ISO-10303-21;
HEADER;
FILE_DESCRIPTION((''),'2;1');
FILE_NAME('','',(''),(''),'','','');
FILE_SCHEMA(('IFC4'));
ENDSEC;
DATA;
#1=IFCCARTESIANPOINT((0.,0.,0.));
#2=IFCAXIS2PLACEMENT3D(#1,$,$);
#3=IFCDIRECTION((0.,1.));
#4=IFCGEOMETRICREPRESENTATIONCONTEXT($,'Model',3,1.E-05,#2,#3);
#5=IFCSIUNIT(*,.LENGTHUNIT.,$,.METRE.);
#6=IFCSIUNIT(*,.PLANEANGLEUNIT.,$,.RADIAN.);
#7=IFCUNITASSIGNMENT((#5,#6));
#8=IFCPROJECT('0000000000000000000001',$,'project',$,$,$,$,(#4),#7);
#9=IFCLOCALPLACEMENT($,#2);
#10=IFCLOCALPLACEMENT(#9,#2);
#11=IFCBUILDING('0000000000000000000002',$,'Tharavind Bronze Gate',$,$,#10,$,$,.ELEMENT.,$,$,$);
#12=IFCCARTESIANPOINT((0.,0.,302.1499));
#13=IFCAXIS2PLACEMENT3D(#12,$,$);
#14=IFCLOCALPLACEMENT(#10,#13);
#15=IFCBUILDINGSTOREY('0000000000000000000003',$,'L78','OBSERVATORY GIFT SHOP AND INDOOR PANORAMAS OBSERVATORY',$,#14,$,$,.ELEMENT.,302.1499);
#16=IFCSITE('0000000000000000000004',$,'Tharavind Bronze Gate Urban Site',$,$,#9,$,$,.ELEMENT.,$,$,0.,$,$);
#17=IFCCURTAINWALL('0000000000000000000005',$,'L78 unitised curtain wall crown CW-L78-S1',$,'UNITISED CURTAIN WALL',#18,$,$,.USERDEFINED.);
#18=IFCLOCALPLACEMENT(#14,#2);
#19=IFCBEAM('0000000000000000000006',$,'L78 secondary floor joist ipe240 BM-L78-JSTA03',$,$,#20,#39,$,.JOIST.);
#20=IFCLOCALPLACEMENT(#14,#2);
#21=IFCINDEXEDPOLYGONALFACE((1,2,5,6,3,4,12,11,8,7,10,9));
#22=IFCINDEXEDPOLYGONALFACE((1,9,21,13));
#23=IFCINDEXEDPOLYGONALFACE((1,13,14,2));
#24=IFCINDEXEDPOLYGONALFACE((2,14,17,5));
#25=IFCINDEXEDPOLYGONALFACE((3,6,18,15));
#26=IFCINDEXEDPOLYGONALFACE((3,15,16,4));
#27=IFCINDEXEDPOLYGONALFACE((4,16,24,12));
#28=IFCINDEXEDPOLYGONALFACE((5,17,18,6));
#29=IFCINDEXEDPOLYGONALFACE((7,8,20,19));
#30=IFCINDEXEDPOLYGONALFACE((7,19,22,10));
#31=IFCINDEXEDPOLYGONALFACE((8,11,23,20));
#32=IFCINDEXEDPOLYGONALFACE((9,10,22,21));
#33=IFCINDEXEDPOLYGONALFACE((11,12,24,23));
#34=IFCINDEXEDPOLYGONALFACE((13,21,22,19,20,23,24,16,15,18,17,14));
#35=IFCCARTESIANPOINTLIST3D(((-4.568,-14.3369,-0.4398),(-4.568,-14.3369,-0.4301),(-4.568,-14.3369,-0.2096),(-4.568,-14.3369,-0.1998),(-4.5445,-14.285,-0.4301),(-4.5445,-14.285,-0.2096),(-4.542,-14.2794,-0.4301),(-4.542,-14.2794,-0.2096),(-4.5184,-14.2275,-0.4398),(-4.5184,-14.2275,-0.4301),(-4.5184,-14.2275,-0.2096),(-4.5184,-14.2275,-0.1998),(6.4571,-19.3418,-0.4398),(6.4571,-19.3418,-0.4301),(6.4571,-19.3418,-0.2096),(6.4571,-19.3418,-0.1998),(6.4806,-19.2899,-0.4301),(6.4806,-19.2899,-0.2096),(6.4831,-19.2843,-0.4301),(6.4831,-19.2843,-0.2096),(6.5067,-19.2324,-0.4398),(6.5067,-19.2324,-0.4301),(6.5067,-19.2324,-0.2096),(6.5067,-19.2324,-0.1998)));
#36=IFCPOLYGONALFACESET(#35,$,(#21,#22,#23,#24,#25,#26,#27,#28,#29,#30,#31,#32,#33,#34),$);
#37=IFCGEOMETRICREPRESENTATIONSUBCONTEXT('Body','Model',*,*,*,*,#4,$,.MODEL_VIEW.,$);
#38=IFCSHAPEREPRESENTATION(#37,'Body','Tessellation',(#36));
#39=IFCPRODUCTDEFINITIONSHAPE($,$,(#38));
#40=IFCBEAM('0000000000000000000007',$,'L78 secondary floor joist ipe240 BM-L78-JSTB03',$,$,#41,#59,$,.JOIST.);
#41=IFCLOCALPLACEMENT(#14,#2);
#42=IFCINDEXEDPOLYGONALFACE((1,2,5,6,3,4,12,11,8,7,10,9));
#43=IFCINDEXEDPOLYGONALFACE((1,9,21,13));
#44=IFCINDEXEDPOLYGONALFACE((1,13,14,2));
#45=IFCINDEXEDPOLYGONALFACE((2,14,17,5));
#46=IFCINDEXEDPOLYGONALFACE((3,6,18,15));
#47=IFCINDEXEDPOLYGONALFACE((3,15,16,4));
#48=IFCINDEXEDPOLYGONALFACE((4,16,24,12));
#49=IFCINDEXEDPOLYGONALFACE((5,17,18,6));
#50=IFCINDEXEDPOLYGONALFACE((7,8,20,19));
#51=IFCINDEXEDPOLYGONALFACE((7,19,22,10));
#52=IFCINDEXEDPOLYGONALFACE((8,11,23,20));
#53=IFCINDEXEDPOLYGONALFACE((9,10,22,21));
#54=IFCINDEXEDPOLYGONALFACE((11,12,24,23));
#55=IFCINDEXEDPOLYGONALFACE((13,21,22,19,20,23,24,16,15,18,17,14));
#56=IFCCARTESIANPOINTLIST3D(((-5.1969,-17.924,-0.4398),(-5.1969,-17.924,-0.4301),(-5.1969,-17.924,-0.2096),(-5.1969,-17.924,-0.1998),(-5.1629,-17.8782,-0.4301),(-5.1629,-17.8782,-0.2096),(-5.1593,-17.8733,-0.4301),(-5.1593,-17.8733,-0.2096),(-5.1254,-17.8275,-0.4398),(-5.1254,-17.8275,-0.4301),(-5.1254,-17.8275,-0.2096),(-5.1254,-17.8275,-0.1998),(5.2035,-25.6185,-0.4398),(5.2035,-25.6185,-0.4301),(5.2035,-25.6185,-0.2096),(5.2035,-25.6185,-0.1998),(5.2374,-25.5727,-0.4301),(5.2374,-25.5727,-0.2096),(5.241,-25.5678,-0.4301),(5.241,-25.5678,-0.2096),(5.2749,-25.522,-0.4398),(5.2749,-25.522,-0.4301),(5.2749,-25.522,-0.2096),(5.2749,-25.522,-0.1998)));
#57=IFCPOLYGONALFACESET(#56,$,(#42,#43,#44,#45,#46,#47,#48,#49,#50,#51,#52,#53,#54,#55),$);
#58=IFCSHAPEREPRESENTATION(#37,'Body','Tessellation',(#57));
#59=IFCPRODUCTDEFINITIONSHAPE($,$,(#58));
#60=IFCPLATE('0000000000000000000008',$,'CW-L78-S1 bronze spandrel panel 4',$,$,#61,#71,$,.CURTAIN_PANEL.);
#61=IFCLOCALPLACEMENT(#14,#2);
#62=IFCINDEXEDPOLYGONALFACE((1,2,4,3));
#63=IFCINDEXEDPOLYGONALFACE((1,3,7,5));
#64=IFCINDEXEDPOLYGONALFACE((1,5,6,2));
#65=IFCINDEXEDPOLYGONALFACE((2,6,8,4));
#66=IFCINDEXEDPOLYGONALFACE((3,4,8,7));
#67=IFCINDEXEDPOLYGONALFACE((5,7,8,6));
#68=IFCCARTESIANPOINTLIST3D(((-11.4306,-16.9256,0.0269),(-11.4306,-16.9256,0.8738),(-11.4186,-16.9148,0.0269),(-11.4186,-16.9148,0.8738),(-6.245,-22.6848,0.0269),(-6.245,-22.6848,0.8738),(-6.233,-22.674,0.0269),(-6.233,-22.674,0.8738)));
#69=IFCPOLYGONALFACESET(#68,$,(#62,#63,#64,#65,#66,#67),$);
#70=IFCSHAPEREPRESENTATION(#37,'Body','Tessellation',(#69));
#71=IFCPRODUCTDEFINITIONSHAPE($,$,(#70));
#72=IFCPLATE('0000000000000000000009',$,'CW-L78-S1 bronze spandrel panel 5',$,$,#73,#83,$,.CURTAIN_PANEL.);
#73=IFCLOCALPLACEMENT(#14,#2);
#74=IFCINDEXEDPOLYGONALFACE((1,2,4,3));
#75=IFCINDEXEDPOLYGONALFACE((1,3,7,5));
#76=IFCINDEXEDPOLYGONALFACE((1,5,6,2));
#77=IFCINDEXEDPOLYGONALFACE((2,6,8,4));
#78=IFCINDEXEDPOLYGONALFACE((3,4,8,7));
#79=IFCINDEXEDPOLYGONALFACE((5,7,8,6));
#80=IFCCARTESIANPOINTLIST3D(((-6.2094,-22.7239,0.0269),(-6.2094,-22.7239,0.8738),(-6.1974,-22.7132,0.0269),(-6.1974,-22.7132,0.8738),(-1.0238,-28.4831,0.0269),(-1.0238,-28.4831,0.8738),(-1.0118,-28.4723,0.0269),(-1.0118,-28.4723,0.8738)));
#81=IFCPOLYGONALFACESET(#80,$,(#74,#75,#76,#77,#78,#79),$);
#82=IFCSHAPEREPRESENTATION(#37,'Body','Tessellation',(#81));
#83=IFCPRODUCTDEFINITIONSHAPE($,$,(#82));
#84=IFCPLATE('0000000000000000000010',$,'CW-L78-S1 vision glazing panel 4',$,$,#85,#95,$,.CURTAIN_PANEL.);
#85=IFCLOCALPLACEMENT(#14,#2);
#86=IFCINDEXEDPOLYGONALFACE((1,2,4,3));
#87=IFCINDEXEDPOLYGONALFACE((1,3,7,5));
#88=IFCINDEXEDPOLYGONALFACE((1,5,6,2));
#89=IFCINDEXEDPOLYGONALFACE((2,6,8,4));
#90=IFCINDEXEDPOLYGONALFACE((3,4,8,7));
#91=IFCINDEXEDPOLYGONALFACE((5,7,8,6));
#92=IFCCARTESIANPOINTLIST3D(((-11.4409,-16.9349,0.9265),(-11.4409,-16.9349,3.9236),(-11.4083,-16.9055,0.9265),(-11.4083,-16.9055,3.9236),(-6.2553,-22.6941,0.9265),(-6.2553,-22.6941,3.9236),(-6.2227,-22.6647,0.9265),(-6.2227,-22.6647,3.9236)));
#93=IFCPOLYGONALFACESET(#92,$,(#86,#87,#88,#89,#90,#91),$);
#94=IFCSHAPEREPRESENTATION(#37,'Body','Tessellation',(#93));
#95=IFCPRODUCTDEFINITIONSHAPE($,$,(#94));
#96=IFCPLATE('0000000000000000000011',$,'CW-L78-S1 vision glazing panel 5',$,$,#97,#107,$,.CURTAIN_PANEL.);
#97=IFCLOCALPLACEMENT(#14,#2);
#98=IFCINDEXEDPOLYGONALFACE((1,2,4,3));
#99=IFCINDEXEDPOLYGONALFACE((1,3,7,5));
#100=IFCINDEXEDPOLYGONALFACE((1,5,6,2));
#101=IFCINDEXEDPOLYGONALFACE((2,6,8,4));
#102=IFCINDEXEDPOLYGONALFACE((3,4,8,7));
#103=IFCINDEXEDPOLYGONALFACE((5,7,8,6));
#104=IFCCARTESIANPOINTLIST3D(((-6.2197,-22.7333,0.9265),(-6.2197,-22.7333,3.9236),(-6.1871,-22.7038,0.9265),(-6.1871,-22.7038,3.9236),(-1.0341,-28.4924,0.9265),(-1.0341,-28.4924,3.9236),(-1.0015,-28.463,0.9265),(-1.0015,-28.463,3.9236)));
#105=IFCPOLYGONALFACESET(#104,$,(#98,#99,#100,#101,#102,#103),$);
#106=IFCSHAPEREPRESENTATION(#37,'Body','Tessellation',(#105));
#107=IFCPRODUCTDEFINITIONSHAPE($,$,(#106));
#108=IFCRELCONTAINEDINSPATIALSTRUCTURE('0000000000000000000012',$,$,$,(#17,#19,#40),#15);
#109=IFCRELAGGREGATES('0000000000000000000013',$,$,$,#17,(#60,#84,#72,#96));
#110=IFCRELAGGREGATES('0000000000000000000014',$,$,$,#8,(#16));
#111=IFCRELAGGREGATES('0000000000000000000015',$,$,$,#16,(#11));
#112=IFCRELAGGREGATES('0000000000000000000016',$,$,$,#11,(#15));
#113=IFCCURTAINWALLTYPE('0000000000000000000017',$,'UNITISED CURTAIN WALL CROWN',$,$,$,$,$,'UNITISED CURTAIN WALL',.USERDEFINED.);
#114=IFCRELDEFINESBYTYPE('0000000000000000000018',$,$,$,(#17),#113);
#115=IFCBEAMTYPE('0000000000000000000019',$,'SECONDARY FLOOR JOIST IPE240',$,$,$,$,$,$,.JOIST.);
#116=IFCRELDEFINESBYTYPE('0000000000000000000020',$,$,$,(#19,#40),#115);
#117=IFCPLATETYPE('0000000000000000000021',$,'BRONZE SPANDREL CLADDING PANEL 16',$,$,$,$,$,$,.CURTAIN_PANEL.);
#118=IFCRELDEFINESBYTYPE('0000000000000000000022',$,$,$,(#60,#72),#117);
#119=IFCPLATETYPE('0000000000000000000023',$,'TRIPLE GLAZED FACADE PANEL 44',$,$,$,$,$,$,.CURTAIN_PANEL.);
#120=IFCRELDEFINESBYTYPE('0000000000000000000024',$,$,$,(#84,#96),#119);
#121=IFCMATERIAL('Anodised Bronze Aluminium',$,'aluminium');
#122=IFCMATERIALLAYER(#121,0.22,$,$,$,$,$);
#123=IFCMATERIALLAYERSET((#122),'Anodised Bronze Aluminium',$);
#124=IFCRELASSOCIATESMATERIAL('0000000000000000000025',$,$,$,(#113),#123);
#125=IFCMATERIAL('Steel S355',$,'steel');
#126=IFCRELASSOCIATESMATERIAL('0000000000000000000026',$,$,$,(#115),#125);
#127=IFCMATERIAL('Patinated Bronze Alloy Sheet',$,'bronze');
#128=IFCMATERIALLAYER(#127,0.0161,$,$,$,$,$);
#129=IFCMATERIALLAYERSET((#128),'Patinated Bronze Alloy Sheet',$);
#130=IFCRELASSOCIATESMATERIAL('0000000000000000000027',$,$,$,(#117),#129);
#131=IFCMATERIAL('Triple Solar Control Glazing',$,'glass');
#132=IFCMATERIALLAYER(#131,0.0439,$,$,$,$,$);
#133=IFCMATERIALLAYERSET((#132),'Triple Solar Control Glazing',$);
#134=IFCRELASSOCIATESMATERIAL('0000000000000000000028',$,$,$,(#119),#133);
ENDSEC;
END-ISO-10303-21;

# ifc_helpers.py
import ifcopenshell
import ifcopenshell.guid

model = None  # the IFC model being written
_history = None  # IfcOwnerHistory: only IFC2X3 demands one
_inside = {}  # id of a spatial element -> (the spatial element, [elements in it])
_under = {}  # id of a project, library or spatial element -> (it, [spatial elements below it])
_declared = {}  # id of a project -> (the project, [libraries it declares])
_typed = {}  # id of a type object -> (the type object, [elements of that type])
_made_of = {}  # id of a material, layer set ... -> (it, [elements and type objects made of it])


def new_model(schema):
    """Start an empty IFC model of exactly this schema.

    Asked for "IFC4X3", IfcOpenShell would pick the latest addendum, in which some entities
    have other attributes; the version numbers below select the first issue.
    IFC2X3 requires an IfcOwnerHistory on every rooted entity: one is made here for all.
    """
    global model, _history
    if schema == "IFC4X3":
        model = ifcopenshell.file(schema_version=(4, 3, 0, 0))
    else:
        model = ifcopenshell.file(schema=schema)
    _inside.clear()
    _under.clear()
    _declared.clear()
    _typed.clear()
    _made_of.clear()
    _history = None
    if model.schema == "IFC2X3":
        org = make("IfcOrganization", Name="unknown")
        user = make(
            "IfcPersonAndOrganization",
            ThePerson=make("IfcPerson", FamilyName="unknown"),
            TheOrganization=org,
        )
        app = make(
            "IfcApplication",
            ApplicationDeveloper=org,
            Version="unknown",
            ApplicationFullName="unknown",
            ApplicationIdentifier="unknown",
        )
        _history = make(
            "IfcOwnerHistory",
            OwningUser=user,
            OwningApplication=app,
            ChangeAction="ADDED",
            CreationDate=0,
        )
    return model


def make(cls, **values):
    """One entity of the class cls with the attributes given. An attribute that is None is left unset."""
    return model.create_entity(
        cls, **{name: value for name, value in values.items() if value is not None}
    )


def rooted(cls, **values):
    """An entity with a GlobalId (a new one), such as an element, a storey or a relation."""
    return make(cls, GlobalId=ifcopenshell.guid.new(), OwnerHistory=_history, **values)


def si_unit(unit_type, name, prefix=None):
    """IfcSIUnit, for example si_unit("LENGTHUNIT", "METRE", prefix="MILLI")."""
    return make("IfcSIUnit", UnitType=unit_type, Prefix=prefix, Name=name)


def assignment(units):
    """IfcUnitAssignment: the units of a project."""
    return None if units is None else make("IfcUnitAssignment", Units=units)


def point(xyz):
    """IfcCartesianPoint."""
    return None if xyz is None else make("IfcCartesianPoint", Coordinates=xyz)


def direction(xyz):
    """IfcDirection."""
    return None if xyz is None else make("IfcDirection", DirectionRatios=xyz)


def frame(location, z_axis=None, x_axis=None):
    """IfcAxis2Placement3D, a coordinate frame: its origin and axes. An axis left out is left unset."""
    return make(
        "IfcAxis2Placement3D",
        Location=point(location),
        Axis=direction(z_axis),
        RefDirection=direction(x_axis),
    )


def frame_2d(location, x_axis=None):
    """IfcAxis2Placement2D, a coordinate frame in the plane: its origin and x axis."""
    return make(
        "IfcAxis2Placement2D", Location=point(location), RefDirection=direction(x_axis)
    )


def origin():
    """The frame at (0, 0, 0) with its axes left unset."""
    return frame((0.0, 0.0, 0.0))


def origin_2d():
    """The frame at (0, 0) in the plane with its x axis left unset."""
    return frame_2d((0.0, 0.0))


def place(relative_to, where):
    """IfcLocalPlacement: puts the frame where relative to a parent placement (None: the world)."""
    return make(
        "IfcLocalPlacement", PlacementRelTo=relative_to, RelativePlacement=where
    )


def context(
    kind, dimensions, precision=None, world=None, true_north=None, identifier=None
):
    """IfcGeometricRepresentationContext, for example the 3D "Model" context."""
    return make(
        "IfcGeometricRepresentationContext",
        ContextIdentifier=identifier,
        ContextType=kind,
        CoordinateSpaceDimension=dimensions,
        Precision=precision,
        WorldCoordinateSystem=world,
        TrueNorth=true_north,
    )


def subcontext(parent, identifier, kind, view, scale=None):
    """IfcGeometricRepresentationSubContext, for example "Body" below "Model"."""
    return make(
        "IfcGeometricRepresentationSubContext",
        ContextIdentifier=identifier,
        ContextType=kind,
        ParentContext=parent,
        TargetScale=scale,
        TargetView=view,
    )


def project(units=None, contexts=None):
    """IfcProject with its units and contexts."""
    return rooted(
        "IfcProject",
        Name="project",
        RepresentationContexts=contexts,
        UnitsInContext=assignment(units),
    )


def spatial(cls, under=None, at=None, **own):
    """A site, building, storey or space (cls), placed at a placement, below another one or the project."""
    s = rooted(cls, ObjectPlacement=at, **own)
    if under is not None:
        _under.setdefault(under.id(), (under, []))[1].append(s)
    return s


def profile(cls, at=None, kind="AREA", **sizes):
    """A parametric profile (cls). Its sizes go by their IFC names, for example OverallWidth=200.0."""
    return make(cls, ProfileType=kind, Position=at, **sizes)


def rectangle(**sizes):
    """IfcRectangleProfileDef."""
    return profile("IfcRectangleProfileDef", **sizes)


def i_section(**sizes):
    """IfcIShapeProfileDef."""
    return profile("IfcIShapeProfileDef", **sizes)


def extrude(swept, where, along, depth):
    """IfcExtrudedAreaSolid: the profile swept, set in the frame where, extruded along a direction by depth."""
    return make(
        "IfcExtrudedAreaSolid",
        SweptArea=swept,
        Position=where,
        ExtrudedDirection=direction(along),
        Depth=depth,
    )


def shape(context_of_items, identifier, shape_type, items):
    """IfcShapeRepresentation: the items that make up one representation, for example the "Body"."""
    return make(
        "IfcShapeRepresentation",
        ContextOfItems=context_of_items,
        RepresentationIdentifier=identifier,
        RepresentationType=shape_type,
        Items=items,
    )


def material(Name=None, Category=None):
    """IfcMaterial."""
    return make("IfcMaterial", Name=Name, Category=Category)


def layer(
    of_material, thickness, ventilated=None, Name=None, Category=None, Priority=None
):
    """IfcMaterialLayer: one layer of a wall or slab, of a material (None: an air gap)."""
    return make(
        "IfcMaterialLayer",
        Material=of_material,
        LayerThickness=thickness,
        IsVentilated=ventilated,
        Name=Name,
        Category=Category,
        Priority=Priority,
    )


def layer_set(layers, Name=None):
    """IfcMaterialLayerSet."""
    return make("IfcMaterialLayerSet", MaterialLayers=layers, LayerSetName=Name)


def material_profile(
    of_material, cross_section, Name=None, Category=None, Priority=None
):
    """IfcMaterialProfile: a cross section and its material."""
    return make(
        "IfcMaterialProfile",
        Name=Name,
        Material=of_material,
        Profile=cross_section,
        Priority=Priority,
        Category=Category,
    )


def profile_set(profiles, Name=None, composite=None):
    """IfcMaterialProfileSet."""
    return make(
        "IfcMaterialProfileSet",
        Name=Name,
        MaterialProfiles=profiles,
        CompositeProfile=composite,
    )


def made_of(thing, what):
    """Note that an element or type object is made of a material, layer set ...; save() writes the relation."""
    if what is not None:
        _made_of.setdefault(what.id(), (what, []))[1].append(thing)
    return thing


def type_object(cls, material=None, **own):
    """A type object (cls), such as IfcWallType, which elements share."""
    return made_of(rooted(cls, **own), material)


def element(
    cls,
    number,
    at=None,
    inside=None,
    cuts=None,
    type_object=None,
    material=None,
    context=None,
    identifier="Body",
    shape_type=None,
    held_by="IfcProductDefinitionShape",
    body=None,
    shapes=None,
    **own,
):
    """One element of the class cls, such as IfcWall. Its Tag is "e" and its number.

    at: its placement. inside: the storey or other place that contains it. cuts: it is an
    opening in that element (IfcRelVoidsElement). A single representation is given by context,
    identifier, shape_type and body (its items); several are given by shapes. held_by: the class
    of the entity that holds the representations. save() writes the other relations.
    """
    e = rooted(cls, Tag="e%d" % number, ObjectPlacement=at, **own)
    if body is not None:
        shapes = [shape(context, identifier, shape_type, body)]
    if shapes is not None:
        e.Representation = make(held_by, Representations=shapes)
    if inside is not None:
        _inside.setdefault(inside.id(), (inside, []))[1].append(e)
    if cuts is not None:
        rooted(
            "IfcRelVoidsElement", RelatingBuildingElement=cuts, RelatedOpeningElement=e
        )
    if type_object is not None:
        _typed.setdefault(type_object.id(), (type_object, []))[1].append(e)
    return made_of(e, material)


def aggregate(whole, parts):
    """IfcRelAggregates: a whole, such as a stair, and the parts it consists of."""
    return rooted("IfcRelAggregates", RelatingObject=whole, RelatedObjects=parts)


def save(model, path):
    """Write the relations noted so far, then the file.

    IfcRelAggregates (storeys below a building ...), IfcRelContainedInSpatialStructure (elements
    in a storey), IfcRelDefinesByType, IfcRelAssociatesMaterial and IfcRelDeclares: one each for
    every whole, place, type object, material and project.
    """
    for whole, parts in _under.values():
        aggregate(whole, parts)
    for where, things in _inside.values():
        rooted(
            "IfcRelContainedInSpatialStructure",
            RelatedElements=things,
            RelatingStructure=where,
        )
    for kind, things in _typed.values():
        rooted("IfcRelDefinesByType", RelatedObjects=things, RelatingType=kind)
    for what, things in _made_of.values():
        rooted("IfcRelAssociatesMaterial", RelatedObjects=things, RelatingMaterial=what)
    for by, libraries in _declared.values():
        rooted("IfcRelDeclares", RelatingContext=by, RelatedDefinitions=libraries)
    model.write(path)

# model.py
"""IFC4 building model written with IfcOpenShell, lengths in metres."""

from ifc_helpers import new_model, si_unit, direction, frame, origin, origin_2d, place, context, subcontext, project, spatial, rectangle, i_section, extrude, material, layer, layer_set, material_profile, profile_set, type_object, element, aggregate, save


model = new_model("IFC4")

# Units and contexts
model_context = context("Model", 3, precision=1e-05, world=origin(), true_north=direction((0.0, 1.0)))
body_context = subcontext(model_context, "Body", "Model", "MODEL_VIEW")
ifc_project = project(units=[si_unit("LENGTHUNIT", "METRE"), si_unit("PLANEANGLEUNIT", "RADIAN")], contexts=[model_context])

# Site, building, storey
site_placement = place(None, origin())
site = spatial("IfcSite", under=ifc_project, at=site_placement, Name="Tharavind Bronze Gate Urban Site", CompositionType="ELEMENT", RefElevation=0.0)
building_placement = place(site_placement, origin())
building = spatial("IfcBuilding", under=site, at=building_placement, Name="Tharavind Bronze Gate", CompositionType="ELEMENT")
storey_placement = place(building_placement, frame((0.0, 0.0, 302.1499)))
storey = spatial("IfcBuildingStorey", under=building, at=storey_placement, Name="L78", Description="OBSERVATORY GIFT SHOP AND INDOOR PANORAMAS OBSERVATORY", CompositionType="ELEMENT", Elevation=302.1499)

# Curtain wall
ifc_material_1 = material(Name="Anodised Bronze Aluminium", Category="aluminium")
ifc_layer_1 = layer(ifc_material_1, 0.22)
ifc_layer_set_1 = layer_set([ifc_layer_1], Name="Anodised Bronze Aluminium")
curtain_wall_type = type_object("IfcCurtainWallType", Name="UNITISED CURTAIN WALL CROWN", ElementType="UNITISED CURTAIN WALL", PredefinedType="USERDEFINED", material=ifc_layer_set_1)
curtain_wall_placement = place(storey_placement, origin())
curtain_wall = element("IfcCurtainWall", 1, at=curtain_wall_placement, inside=storey, type_object=curtain_wall_type, Name="L78 unitised curtain wall crown CW-L78-S1", ObjectType="UNITISED CURTAIN WALL", PredefinedType="USERDEFINED")

# Beams
ifc_material_2 = material(Name="Steel S355", Category="steel")
ifc_material_profile_1 = material_profile(ifc_material_2, i_section(OverallWidth=0.1201, OverallDepth=0.24, WebThickness=0.0061, FlangeThickness=0.0098, at=origin_2d()), Name="IPE240")
ifc_profile_set_1 = profile_set([ifc_material_profile_1], Name="Steel S355")
beam_type_1 = type_object("IfcBeamType", Name="SECONDARY FLOOR JOIST IPE240", PredefinedType="JOIST", material=ifc_profile_set_1)
beam_1_placement = place(storey_placement, frame((-4.5432, -14.2822, -0.3198), z_axis=(0.91057, -0.413355, 0.0), x_axis=(0.413355, 0.91057, 0.0)))
element("IfcBeam", 2, at=beam_1_placement, inside=storey, type_object=beam_type_1, Name="L78 secondary floor joist ipe240 BM-L78-JSTA03", PredefinedType="JOIST", context=body_context, shape_type="SweptSolid", body=[
    extrude(i_section(OverallWidth=0.1201, OverallDepth=0.24, WebThickness=0.0061, FlangeThickness=0.0098, at=origin_2d()), origin(), (0.0, 0.0, 1.0), 12.1079),
])
beam_2_placement = place(storey_placement, frame((-5.1611, -17.8757, -0.3198), z_axis=(0.803905, -0.594758, 0.0), x_axis=(0.594758, 0.803905, 0.0)))
element("IfcBeam", 3, at=beam_2_placement, inside=storey, type_object=beam_type_1, Name="L78 secondary floor joist ipe240 BM-L78-JSTB03", PredefinedType="JOIST", context=body_context, shape_type="SweptSolid", body=[
    extrude(i_section(OverallWidth=0.1201, OverallDepth=0.24, WebThickness=0.0061, FlangeThickness=0.0098, at=origin_2d()), origin(), (0.0, 0.0, 1.0), 12.9373),
])

# Plates
ifc_material_3 = material(Name="Patinated Bronze Alloy Sheet", Category="bronze")
ifc_layer_2 = layer(ifc_material_3, 0.0161)
ifc_layer_set_2 = layer_set([ifc_layer_2], Name="Patinated Bronze Alloy Sheet")
plate_type_1 = type_object("IfcPlateType", Name="BRONZE SPANDREL CLADDING PANEL 16", PredefinedType="CURTAIN_PANEL", material=ifc_layer_set_2)
plate_1_placement = place(storey_placement, frame((-8.8318, -19.7998, 0.0269), z_axis=(0.0, 0.0, 1.0), x_axis=(0.669131, -0.743145, 0.0)))
plate_1 = element("IfcPlate", 4, at=plate_1_placement, type_object=plate_type_1, Name="CW-L78-S1 bronze spandrel panel 4", PredefinedType="CURTAIN_PANEL", context=body_context, shape_type="SweptSolid", body=[
    extrude(rectangle(XDim=7.7498, YDim=0.0161, at=origin_2d()), origin(), (0.0, 0.0, 1.0), 0.8469),
])
plate_2_placement = place(storey_placement, frame((-3.6106, -25.5981, 0.0269), z_axis=(0.0, 0.0, 1.0), x_axis=(0.669131, -0.743145, 0.0)))
plate_2 = element("IfcPlate", 5, at=plate_2_placement, type_object=plate_type_1, Name="CW-L78-S1 bronze spandrel panel 5", PredefinedType="CURTAIN_PANEL", context=body_context, shape_type="SweptSolid", body=[
    extrude(rectangle(XDim=7.7498, YDim=0.0161, at=origin_2d()), origin(), (0.0, 0.0, 1.0), 0.8469),
])
ifc_material_4 = material(Name="Triple Solar Control Glazing", Category="glass")
ifc_layer_3 = layer(ifc_material_4, 0.0439)
ifc_layer_set_3 = layer_set([ifc_layer_3], Name="Triple Solar Control Glazing")
plate_type_2 = type_object("IfcPlateType", Name="TRIPLE GLAZED FACADE PANEL 44", PredefinedType="CURTAIN_PANEL", material=ifc_layer_set_3)
plate_3_placement = place(storey_placement, frame((-8.8318, -19.7998, 0.9265), z_axis=(0.0, 0.0, 1.0), x_axis=(0.669131, -0.743145, 0.0)))
plate_3 = element("IfcPlate", 6, at=plate_3_placement, type_object=plate_type_2, Name="CW-L78-S1 vision glazing panel 4", PredefinedType="CURTAIN_PANEL", context=body_context, shape_type="SweptSolid", body=[
    extrude(rectangle(XDim=7.7498, YDim=0.0439, at=origin_2d()), origin(), (0.0, 0.0, 1.0), 2.9971),
])
plate_4_placement = place(storey_placement, frame((-3.6106, -25.5981, 0.9265), z_axis=(0.0, 0.0, 1.0), x_axis=(0.669131, -0.743145, 0.0)))
plate_4 = element("IfcPlate", 7, at=plate_4_placement, type_object=plate_type_2, Name="CW-L78-S1 vision glazing panel 5", PredefinedType="CURTAIN_PANEL", context=body_context, shape_type="SweptSolid", body=[
    extrude(rectangle(XDim=7.7498, YDim=0.0439, at=origin_2d()), origin(), (0.0, 0.0, 1.0), 2.9971),
])
aggregate(curtain_wall, [plate_1, plate_3, plate_2, plate_4])

save(model, "model.ifc")
